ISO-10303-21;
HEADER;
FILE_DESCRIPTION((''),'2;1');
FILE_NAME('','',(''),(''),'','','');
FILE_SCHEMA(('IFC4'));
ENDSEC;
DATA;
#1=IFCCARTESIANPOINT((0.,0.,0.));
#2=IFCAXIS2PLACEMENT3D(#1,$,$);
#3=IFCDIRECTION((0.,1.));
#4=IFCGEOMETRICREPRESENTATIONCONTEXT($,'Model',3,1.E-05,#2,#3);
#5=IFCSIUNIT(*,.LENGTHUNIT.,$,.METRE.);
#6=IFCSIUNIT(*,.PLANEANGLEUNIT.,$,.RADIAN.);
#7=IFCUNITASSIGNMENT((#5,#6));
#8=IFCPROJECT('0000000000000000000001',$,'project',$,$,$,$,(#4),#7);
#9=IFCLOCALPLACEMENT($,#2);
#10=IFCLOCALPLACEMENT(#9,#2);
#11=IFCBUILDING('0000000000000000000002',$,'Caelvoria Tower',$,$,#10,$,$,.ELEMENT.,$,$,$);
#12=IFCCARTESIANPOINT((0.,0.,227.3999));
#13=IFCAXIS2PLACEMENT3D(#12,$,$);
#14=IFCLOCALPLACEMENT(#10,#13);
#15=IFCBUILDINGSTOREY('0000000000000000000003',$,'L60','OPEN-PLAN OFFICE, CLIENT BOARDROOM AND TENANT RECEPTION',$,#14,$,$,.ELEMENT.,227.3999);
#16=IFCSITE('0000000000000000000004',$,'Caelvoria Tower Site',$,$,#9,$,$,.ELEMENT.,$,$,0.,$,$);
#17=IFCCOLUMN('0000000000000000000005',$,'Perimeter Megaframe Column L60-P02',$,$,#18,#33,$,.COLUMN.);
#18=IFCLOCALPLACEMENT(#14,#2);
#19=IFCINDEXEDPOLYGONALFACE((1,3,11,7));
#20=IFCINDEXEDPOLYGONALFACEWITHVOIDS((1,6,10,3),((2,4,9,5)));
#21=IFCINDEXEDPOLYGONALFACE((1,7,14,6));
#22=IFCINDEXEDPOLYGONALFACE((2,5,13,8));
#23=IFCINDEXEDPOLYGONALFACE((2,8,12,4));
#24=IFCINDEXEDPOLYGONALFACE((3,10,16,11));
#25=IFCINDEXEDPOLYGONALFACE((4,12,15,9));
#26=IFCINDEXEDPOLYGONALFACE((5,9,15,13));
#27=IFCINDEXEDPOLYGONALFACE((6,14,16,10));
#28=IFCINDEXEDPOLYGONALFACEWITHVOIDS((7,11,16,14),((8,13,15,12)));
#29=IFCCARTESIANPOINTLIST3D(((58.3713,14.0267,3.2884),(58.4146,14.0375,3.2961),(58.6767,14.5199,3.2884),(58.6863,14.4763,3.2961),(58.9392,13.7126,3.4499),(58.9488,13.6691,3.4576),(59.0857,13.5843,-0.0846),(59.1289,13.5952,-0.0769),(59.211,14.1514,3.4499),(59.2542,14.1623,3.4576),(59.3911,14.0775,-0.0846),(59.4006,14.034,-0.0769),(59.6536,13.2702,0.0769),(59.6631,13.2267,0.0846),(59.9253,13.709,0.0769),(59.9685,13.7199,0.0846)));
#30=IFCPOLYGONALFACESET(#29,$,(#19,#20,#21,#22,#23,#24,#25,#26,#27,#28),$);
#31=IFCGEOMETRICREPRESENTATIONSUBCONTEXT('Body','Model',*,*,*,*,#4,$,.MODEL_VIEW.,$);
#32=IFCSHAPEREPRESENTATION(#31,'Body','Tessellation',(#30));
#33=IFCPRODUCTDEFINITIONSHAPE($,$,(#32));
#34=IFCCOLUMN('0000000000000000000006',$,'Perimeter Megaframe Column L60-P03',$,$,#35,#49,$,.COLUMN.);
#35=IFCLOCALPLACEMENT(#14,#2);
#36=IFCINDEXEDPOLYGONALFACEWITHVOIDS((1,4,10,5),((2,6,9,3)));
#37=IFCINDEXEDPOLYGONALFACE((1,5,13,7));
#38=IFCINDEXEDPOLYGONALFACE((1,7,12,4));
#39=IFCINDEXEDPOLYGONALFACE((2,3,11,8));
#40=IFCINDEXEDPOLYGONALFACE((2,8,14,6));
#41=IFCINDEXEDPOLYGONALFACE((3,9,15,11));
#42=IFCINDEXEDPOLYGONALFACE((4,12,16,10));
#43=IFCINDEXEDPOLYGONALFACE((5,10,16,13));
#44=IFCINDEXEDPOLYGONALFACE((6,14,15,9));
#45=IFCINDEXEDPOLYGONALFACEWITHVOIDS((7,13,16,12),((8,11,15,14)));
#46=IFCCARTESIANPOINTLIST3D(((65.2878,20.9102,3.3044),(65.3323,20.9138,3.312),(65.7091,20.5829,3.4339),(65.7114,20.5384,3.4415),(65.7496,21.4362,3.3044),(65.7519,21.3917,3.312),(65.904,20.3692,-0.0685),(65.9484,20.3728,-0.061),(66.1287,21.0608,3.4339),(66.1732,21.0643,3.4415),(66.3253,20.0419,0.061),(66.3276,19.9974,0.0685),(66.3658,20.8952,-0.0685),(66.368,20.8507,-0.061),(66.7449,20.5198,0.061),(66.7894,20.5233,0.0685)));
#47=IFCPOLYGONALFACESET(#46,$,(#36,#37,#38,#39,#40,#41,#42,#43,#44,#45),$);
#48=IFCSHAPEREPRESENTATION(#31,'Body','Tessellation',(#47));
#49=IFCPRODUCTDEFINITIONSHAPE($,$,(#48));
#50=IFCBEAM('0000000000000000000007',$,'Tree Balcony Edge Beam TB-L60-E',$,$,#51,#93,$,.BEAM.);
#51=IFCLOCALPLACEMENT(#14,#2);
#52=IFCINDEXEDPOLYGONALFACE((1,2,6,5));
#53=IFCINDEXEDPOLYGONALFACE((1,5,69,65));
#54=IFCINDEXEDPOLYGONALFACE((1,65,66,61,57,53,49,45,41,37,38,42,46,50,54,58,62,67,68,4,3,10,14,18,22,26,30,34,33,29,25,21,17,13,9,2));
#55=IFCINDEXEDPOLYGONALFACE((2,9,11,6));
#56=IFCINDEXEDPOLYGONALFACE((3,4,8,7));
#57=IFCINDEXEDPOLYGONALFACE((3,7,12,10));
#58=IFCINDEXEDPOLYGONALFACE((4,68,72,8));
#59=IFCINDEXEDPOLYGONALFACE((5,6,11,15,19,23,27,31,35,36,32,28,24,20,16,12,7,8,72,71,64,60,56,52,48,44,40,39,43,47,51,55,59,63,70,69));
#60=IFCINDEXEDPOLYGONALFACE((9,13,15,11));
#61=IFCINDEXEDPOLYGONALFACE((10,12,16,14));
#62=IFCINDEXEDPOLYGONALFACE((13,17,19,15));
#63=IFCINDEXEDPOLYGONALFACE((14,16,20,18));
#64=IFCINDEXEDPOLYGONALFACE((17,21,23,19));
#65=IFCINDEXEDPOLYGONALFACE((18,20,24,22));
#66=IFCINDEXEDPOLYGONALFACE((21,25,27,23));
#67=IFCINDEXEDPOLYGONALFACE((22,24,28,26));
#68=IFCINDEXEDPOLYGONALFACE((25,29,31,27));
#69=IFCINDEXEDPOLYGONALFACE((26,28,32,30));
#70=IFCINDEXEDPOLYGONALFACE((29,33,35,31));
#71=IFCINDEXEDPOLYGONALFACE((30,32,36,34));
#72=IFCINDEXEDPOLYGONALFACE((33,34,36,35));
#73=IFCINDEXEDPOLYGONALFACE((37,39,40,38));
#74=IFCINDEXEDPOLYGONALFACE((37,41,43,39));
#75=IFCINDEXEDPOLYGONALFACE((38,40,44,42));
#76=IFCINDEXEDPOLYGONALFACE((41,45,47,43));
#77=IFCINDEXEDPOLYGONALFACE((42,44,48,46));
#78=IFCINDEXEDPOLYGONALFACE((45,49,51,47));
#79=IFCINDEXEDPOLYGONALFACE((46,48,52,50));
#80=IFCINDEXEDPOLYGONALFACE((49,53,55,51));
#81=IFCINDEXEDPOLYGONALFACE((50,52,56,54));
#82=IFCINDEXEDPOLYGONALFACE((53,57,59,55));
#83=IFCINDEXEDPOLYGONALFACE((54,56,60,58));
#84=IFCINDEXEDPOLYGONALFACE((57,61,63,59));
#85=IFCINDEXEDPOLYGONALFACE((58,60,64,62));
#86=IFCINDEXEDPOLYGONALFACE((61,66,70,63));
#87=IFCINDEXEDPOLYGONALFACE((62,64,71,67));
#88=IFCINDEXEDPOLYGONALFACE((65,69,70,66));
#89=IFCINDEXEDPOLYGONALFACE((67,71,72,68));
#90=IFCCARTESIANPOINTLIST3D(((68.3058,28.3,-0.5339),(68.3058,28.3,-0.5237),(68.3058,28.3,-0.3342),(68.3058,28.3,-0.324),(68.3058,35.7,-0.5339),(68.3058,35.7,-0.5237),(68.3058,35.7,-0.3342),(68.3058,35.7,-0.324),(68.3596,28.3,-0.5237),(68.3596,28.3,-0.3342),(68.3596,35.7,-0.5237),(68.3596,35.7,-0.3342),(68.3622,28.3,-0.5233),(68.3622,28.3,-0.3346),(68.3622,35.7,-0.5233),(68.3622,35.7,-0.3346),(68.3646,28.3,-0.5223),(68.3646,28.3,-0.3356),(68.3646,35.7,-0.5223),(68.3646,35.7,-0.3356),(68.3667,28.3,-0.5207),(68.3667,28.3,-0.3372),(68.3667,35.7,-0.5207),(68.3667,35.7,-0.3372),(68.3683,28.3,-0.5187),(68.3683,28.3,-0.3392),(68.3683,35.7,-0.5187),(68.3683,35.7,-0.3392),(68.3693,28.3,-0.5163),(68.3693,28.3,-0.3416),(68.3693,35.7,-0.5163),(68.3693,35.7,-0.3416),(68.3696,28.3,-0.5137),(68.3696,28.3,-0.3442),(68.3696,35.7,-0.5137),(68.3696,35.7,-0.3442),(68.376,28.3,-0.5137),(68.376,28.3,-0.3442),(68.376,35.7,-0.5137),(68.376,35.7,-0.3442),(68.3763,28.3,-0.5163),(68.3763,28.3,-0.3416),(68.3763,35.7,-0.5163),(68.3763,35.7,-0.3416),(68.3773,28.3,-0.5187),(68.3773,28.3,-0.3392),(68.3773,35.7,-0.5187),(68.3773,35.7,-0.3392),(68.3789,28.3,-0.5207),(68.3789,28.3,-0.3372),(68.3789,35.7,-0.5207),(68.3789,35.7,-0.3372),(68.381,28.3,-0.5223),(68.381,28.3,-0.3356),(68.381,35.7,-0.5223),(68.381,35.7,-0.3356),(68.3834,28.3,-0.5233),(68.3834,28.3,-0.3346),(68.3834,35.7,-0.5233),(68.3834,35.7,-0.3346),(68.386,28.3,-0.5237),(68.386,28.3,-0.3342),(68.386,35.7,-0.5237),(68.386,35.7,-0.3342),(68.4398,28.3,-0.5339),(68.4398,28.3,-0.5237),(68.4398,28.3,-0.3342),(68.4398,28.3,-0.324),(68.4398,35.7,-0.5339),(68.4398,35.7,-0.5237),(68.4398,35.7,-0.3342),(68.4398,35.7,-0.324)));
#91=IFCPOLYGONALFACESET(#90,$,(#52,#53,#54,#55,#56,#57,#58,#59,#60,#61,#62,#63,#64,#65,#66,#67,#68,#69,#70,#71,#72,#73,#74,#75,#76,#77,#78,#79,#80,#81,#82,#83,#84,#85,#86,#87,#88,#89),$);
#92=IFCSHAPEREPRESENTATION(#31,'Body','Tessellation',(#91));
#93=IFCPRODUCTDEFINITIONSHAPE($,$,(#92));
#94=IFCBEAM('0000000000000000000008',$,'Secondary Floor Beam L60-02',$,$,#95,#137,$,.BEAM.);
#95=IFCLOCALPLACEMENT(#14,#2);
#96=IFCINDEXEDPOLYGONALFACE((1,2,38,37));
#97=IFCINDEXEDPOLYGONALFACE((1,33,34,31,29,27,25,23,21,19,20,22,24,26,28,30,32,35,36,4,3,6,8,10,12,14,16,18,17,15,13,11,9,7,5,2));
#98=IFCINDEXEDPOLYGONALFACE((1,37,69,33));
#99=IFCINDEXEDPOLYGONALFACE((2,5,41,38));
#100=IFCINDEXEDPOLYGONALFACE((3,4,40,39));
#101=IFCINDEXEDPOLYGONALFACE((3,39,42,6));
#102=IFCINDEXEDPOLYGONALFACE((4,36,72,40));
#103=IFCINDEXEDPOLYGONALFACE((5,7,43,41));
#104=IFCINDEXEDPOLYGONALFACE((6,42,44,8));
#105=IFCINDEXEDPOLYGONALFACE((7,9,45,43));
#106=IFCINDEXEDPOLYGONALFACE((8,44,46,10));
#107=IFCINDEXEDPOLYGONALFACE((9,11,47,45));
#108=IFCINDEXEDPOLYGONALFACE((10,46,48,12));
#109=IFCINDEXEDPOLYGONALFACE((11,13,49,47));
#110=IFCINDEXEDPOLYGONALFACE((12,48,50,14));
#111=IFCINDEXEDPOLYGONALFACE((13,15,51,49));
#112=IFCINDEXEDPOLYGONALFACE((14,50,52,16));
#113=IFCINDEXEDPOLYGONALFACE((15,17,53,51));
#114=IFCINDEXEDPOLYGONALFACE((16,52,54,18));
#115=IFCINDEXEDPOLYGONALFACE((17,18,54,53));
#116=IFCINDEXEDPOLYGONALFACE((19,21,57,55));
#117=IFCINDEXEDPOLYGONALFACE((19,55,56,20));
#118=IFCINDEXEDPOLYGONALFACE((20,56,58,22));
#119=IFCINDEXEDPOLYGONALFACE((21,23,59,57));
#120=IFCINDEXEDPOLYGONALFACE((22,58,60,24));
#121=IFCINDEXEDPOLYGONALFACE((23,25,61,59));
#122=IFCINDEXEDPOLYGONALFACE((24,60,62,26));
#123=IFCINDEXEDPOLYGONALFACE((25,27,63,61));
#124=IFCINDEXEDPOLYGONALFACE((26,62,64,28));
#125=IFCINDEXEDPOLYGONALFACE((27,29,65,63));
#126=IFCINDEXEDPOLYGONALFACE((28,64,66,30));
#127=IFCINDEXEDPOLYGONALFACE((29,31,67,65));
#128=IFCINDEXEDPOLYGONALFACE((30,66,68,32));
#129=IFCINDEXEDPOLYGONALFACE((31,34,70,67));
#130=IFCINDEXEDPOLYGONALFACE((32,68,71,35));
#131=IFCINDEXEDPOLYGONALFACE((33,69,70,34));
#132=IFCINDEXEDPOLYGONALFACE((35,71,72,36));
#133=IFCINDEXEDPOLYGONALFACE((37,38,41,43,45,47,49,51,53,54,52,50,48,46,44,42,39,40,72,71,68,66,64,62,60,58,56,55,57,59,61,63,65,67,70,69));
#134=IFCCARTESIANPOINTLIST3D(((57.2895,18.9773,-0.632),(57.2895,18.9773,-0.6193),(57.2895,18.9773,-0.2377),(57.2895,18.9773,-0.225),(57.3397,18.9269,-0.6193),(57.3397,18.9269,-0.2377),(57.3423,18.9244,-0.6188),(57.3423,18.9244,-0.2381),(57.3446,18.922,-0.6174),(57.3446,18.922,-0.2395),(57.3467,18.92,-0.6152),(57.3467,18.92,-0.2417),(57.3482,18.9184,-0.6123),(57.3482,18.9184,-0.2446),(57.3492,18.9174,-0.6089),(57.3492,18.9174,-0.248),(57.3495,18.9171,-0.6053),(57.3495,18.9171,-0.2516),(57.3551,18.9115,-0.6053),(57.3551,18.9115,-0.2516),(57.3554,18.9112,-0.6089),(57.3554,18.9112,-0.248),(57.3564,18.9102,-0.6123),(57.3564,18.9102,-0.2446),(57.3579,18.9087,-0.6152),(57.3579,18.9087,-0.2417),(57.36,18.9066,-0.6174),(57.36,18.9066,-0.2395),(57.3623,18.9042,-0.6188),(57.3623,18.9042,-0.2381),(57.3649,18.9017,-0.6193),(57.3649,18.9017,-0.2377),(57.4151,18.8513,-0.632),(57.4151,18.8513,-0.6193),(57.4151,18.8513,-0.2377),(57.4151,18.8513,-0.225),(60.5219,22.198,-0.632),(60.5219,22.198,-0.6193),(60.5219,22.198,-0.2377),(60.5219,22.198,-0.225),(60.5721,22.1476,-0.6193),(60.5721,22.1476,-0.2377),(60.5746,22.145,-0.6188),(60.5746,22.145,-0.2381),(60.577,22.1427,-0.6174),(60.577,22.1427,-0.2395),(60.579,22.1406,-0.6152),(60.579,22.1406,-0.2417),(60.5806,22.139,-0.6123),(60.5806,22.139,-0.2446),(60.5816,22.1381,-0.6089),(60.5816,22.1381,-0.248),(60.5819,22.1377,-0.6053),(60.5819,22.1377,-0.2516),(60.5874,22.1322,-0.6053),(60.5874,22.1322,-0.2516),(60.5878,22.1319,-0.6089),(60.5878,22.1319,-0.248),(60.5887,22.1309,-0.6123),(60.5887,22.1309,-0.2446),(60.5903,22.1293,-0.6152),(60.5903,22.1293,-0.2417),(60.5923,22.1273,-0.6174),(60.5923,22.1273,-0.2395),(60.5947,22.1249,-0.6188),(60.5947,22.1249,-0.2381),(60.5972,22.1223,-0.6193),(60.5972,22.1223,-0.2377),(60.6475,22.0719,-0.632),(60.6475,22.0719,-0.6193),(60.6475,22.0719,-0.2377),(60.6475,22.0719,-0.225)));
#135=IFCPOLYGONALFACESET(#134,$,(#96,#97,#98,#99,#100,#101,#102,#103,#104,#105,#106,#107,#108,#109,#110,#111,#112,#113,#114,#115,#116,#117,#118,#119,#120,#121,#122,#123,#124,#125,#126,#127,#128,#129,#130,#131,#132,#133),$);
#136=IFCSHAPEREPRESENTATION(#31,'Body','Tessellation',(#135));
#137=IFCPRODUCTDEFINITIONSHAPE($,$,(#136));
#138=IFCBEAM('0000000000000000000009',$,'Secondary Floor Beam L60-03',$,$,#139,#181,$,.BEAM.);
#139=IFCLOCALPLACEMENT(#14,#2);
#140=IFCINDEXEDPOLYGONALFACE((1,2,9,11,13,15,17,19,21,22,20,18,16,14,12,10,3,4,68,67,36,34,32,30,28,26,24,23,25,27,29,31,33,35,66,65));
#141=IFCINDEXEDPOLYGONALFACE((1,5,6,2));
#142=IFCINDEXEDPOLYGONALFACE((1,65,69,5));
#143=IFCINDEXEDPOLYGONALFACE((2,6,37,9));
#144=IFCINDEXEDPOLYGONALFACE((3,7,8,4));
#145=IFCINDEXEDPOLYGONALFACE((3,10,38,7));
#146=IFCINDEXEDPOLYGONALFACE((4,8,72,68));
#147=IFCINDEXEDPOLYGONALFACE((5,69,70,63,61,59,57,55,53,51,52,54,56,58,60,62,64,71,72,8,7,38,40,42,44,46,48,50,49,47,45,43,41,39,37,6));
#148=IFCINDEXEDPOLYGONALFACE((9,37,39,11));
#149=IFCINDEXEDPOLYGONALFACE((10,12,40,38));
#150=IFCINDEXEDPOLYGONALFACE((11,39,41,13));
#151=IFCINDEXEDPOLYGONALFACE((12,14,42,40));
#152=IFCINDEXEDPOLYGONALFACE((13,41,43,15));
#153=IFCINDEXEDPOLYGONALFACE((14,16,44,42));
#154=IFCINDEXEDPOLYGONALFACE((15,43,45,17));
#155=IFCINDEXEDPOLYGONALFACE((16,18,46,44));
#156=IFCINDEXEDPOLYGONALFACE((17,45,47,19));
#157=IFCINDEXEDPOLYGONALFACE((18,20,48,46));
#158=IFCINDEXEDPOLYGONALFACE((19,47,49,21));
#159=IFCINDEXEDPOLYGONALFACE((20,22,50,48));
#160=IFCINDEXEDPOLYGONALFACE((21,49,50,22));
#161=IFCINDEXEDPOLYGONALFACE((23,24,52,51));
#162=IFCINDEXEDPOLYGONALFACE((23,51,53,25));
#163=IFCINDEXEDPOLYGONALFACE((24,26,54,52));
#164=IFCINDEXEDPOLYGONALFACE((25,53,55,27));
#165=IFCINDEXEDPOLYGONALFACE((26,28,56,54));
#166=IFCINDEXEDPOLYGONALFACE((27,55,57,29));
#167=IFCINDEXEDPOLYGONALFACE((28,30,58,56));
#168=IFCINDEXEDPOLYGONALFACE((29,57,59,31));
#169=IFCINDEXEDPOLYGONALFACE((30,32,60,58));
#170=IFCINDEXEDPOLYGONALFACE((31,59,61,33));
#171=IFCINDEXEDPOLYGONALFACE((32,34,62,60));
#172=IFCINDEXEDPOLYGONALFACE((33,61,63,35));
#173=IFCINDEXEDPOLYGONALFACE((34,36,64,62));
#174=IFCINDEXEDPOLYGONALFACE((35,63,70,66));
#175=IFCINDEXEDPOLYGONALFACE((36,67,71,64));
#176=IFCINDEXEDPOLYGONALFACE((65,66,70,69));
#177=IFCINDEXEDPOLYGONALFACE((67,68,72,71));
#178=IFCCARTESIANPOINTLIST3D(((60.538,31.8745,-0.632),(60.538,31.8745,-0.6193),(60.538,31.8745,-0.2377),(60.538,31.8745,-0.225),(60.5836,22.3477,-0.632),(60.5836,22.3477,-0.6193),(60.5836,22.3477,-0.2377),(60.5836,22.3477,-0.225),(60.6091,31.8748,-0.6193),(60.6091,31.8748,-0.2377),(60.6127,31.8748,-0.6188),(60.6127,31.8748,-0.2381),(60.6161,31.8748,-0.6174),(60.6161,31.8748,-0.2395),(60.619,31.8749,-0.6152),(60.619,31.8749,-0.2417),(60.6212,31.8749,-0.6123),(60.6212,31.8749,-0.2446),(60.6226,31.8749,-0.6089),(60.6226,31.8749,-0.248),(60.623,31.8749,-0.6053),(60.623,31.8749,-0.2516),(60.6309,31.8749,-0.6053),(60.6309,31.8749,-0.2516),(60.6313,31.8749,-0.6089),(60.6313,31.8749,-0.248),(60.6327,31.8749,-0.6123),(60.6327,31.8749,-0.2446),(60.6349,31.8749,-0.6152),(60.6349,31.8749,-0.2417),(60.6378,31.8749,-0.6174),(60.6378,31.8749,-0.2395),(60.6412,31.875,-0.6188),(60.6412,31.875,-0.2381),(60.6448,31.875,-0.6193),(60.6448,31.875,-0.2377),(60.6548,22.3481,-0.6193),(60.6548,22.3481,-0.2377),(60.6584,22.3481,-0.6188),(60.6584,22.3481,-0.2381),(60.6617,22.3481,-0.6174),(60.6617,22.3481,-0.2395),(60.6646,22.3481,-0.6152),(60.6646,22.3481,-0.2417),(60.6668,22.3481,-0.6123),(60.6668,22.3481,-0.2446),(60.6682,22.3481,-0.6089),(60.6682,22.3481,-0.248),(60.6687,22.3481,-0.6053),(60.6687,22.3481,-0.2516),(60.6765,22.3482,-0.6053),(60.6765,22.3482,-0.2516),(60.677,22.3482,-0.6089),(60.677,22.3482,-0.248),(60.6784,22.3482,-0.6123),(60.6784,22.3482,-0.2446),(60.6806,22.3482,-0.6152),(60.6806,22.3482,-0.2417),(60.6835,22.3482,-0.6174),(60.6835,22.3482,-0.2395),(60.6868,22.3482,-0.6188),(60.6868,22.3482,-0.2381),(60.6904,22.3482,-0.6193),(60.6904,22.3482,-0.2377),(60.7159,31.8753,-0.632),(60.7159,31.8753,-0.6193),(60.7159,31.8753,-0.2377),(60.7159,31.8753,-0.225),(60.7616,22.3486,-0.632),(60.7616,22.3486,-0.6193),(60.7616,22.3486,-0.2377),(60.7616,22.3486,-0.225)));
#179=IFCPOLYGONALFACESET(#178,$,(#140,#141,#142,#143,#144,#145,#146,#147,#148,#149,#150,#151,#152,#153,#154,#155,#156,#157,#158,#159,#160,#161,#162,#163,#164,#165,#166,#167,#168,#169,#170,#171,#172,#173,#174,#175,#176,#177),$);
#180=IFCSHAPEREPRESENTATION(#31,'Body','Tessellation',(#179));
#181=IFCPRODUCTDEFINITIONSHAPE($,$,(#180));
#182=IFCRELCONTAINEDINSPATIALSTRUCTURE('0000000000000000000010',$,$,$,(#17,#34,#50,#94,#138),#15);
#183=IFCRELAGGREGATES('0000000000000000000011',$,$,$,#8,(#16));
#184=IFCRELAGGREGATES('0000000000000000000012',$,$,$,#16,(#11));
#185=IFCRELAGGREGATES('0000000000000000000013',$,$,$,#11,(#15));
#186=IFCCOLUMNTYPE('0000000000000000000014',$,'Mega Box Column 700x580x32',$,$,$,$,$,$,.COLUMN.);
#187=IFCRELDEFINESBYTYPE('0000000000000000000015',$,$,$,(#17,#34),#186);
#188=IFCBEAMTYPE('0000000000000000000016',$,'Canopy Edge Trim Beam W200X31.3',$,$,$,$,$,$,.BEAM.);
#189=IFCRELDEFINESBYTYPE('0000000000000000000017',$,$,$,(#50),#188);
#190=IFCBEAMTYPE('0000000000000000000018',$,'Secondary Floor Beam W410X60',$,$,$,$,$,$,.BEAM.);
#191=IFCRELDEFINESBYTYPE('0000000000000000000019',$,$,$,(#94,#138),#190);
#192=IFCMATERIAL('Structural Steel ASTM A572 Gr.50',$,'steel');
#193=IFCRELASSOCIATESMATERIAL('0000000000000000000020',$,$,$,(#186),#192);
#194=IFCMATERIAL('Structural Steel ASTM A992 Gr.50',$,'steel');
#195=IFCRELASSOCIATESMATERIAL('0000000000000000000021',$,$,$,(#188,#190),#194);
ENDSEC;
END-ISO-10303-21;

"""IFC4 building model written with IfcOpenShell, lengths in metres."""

from ifc_helpers import new_model, si_unit, direction, frame, origin, origin_2d, place, context, subcontext, project, spatial, hollow_rectangle, i_section, extrude, material, material_profile, profile_set, type_object, element, save


model = new_model("IFC4")

# Units and contexts
model_context = context("Model", 3, precision=1e-05, world=origin(), true_north=direction((0.0, 1.0)))
body_context = subcontext(model_context, "Body", "Model", "MODEL_VIEW")
ifc_project = project(units=[si_unit("LENGTHUNIT", "METRE"), si_unit("PLANEANGLEUNIT", "RADIAN")], contexts=[model_context])

# Site, building, storey
site_placement = place(None, origin())
site = spatial("IfcSite", under=ifc_project, at=site_placement, Name="Caelvoria Tower Site", CompositionType="ELEMENT", RefElevation=0.0)
building_placement = place(site_placement, origin())
building = spatial("IfcBuilding", under=site, at=building_placement, Name="Caelvoria Tower", CompositionType="ELEMENT")
storey_placement = place(building_placement, frame((0.0, 0.0, 227.3999)))
storey = spatial("IfcBuildingStorey", under=building, at=storey_placement, Name="L60", Description="OPEN-PLAN OFFICE, CLIENT BOARDROOM AND TENANT RECEPTION", CompositionType="ELEMENT", Elevation=227.3999)

# Columns
ifc_material_1 = material(Name="Structural Steel ASTM A572 Gr.50", Category="steel")
ifc_material_profile_1 = material_profile(ifc_material_1, hollow_rectangle(XDim=0.5801, YDim=0.7, WallThickness=0.032, at=origin_2d()), Name="Structural Steel ASTM A572 Gr.50")
ifc_profile_set_1 = profile_set([ifc_material_profile_1], Name="BOX700X580X32 - Structural Steel ASTM A572 Gr.50")
column_type = type_object("IfcColumnType", Name="Mega Box Column 700x580x32", PredefinedType="COLUMN", material=ifc_profile_set_1)
column_1_placement = place(storey_placement, frame((59.5271, 13.6521, 0.0), z_axis=(-0.205503, 0.127263, 0.970347), x_axis=(-0.526495, -0.850178, 0.0)))
element("IfcColumn", 1, at=column_1_placement, inside=storey, type_object=column_type, Name="Perimeter Megaframe Column L60-P02", PredefinedType="COLUMN", context=body_context, shape_type="SweptSolid", body=[
    extrude(hollow_rectangle(XDim=0.5801, YDim=0.7, WallThickness=0.032, at=origin_2d()), origin(), (0.0, 0.0, 1.0), 3.4761),
])
column_2_placement = place(storey_placement, frame((66.3467, 20.4463, 0.0), z_axis=(-0.177516, 0.155854, 0.971698), x_axis=(0.730201, -0.641096, 0.236226)))
element("IfcColumn", 2, at=column_2_placement, inside=storey, type_object=column_type, Name="Perimeter Megaframe Column L60-P03", PredefinedType="COLUMN", context=body_context, shape_type="SweptSolid", body=[
    extrude(hollow_rectangle(XDim=0.5801, YDim=0.7, WallThickness=0.032, at=origin_2d()), origin(), (0.0, 0.0, 1.0), 3.4712),
])

# Beams
ifc_material_2 = material(Name="Structural Steel ASTM A992 Gr.50", Category="steel")
ifc_material_profile_2 = material_profile(ifc_material_2, i_section(OverallWidth=0.134, OverallDepth=0.21, WebThickness=0.0063, FlangeThickness=0.0103, FilletRadius=0.01, at=origin_2d()), Name="Structural Steel ASTM A992 Gr.50")
ifc_profile_set_2 = profile_set([ifc_material_profile_2], Name="W200X31.3 - Structural Steel ASTM A992 Gr.50")
beam_type_1 = type_object("IfcBeamType", Name="Canopy Edge Trim Beam W200X31.3", PredefinedType="BEAM", material=ifc_profile_set_2)
beam_1_placement = place(storey_placement, frame((68.3728, 28.3, -0.429), z_axis=(0.0, 1.0, 0.0), x_axis=(-1.0, 0.0, 0.0)))
element("IfcBeam", 3, at=beam_1_placement, inside=storey, type_object=beam_type_1, Name="Tree Balcony Edge Beam TB-L60-E", PredefinedType="BEAM", context=body_context, shape_type="SweptSolid", body=[
    extrude(i_section(OverallWidth=0.134, OverallDepth=0.21, WebThickness=0.0063, FlangeThickness=0.0103, FilletRadius=0.01, at=origin_2d()), origin(), (0.0, 0.0, 1.0), 7.3999),
])
ifc_material_profile_3 = material_profile(ifc_material_2, i_section(OverallWidth=0.178, OverallDepth=0.407, WebThickness=0.0078, FlangeThickness=0.0127, FilletRadius=0.0139, at=origin_2d()), Name="Structural Steel ASTM A992 Gr.50")
ifc_profile_set_3 = profile_set([ifc_material_profile_3], Name="W410X60 - Structural Steel ASTM A992 Gr.50")
beam_type_2 = type_object("IfcBeamType", Name="Secondary Floor Beam W410X60", PredefinedType="BEAM", material=ifc_profile_set_3)
beam_2_placement = place(storey_placement, frame((57.3523, 18.9143, -0.4285), z_axis=(0.70839, 0.705822, 0.0), x_axis=(-0.705822, 0.70839, 0.0)))
element("IfcBeam", 4, at=beam_2_placement, inside=storey, type_object=beam_type_2, Name="Secondary Floor Beam L60-02", PredefinedType="BEAM", context=body_context, shape_type="SweptSolid", body=[
    extrude(i_section(OverallWidth=0.178, OverallDepth=0.407, WebThickness=0.0078, FlangeThickness=0.0127, FilletRadius=0.0139, at=origin_2d()), origin(), (0.0, 0.0, 1.0), 4.563),
])
beam_3_placement = place(storey_placement, frame((60.6726, 22.3481, -0.4285), z_axis=(-0.004792, 0.999989, 0.0), x_axis=(-0.999989, -0.004792, 0.0)))
element("IfcBeam", 5, at=beam_3_placement, inside=storey, type_object=beam_type_2, Name="Secondary Floor Beam L60-03", PredefinedType="BEAM", context=body_context, shape_type="SweptSolid", body=[
    extrude(i_section(OverallWidth=0.178, OverallDepth=0.407, WebThickness=0.0078, FlangeThickness=0.0127, FilletRadius=0.0139, at=origin_2d()), origin(), (0.0, 0.0, 1.0), 9.5269),
])

save(model, "model.ifc")
